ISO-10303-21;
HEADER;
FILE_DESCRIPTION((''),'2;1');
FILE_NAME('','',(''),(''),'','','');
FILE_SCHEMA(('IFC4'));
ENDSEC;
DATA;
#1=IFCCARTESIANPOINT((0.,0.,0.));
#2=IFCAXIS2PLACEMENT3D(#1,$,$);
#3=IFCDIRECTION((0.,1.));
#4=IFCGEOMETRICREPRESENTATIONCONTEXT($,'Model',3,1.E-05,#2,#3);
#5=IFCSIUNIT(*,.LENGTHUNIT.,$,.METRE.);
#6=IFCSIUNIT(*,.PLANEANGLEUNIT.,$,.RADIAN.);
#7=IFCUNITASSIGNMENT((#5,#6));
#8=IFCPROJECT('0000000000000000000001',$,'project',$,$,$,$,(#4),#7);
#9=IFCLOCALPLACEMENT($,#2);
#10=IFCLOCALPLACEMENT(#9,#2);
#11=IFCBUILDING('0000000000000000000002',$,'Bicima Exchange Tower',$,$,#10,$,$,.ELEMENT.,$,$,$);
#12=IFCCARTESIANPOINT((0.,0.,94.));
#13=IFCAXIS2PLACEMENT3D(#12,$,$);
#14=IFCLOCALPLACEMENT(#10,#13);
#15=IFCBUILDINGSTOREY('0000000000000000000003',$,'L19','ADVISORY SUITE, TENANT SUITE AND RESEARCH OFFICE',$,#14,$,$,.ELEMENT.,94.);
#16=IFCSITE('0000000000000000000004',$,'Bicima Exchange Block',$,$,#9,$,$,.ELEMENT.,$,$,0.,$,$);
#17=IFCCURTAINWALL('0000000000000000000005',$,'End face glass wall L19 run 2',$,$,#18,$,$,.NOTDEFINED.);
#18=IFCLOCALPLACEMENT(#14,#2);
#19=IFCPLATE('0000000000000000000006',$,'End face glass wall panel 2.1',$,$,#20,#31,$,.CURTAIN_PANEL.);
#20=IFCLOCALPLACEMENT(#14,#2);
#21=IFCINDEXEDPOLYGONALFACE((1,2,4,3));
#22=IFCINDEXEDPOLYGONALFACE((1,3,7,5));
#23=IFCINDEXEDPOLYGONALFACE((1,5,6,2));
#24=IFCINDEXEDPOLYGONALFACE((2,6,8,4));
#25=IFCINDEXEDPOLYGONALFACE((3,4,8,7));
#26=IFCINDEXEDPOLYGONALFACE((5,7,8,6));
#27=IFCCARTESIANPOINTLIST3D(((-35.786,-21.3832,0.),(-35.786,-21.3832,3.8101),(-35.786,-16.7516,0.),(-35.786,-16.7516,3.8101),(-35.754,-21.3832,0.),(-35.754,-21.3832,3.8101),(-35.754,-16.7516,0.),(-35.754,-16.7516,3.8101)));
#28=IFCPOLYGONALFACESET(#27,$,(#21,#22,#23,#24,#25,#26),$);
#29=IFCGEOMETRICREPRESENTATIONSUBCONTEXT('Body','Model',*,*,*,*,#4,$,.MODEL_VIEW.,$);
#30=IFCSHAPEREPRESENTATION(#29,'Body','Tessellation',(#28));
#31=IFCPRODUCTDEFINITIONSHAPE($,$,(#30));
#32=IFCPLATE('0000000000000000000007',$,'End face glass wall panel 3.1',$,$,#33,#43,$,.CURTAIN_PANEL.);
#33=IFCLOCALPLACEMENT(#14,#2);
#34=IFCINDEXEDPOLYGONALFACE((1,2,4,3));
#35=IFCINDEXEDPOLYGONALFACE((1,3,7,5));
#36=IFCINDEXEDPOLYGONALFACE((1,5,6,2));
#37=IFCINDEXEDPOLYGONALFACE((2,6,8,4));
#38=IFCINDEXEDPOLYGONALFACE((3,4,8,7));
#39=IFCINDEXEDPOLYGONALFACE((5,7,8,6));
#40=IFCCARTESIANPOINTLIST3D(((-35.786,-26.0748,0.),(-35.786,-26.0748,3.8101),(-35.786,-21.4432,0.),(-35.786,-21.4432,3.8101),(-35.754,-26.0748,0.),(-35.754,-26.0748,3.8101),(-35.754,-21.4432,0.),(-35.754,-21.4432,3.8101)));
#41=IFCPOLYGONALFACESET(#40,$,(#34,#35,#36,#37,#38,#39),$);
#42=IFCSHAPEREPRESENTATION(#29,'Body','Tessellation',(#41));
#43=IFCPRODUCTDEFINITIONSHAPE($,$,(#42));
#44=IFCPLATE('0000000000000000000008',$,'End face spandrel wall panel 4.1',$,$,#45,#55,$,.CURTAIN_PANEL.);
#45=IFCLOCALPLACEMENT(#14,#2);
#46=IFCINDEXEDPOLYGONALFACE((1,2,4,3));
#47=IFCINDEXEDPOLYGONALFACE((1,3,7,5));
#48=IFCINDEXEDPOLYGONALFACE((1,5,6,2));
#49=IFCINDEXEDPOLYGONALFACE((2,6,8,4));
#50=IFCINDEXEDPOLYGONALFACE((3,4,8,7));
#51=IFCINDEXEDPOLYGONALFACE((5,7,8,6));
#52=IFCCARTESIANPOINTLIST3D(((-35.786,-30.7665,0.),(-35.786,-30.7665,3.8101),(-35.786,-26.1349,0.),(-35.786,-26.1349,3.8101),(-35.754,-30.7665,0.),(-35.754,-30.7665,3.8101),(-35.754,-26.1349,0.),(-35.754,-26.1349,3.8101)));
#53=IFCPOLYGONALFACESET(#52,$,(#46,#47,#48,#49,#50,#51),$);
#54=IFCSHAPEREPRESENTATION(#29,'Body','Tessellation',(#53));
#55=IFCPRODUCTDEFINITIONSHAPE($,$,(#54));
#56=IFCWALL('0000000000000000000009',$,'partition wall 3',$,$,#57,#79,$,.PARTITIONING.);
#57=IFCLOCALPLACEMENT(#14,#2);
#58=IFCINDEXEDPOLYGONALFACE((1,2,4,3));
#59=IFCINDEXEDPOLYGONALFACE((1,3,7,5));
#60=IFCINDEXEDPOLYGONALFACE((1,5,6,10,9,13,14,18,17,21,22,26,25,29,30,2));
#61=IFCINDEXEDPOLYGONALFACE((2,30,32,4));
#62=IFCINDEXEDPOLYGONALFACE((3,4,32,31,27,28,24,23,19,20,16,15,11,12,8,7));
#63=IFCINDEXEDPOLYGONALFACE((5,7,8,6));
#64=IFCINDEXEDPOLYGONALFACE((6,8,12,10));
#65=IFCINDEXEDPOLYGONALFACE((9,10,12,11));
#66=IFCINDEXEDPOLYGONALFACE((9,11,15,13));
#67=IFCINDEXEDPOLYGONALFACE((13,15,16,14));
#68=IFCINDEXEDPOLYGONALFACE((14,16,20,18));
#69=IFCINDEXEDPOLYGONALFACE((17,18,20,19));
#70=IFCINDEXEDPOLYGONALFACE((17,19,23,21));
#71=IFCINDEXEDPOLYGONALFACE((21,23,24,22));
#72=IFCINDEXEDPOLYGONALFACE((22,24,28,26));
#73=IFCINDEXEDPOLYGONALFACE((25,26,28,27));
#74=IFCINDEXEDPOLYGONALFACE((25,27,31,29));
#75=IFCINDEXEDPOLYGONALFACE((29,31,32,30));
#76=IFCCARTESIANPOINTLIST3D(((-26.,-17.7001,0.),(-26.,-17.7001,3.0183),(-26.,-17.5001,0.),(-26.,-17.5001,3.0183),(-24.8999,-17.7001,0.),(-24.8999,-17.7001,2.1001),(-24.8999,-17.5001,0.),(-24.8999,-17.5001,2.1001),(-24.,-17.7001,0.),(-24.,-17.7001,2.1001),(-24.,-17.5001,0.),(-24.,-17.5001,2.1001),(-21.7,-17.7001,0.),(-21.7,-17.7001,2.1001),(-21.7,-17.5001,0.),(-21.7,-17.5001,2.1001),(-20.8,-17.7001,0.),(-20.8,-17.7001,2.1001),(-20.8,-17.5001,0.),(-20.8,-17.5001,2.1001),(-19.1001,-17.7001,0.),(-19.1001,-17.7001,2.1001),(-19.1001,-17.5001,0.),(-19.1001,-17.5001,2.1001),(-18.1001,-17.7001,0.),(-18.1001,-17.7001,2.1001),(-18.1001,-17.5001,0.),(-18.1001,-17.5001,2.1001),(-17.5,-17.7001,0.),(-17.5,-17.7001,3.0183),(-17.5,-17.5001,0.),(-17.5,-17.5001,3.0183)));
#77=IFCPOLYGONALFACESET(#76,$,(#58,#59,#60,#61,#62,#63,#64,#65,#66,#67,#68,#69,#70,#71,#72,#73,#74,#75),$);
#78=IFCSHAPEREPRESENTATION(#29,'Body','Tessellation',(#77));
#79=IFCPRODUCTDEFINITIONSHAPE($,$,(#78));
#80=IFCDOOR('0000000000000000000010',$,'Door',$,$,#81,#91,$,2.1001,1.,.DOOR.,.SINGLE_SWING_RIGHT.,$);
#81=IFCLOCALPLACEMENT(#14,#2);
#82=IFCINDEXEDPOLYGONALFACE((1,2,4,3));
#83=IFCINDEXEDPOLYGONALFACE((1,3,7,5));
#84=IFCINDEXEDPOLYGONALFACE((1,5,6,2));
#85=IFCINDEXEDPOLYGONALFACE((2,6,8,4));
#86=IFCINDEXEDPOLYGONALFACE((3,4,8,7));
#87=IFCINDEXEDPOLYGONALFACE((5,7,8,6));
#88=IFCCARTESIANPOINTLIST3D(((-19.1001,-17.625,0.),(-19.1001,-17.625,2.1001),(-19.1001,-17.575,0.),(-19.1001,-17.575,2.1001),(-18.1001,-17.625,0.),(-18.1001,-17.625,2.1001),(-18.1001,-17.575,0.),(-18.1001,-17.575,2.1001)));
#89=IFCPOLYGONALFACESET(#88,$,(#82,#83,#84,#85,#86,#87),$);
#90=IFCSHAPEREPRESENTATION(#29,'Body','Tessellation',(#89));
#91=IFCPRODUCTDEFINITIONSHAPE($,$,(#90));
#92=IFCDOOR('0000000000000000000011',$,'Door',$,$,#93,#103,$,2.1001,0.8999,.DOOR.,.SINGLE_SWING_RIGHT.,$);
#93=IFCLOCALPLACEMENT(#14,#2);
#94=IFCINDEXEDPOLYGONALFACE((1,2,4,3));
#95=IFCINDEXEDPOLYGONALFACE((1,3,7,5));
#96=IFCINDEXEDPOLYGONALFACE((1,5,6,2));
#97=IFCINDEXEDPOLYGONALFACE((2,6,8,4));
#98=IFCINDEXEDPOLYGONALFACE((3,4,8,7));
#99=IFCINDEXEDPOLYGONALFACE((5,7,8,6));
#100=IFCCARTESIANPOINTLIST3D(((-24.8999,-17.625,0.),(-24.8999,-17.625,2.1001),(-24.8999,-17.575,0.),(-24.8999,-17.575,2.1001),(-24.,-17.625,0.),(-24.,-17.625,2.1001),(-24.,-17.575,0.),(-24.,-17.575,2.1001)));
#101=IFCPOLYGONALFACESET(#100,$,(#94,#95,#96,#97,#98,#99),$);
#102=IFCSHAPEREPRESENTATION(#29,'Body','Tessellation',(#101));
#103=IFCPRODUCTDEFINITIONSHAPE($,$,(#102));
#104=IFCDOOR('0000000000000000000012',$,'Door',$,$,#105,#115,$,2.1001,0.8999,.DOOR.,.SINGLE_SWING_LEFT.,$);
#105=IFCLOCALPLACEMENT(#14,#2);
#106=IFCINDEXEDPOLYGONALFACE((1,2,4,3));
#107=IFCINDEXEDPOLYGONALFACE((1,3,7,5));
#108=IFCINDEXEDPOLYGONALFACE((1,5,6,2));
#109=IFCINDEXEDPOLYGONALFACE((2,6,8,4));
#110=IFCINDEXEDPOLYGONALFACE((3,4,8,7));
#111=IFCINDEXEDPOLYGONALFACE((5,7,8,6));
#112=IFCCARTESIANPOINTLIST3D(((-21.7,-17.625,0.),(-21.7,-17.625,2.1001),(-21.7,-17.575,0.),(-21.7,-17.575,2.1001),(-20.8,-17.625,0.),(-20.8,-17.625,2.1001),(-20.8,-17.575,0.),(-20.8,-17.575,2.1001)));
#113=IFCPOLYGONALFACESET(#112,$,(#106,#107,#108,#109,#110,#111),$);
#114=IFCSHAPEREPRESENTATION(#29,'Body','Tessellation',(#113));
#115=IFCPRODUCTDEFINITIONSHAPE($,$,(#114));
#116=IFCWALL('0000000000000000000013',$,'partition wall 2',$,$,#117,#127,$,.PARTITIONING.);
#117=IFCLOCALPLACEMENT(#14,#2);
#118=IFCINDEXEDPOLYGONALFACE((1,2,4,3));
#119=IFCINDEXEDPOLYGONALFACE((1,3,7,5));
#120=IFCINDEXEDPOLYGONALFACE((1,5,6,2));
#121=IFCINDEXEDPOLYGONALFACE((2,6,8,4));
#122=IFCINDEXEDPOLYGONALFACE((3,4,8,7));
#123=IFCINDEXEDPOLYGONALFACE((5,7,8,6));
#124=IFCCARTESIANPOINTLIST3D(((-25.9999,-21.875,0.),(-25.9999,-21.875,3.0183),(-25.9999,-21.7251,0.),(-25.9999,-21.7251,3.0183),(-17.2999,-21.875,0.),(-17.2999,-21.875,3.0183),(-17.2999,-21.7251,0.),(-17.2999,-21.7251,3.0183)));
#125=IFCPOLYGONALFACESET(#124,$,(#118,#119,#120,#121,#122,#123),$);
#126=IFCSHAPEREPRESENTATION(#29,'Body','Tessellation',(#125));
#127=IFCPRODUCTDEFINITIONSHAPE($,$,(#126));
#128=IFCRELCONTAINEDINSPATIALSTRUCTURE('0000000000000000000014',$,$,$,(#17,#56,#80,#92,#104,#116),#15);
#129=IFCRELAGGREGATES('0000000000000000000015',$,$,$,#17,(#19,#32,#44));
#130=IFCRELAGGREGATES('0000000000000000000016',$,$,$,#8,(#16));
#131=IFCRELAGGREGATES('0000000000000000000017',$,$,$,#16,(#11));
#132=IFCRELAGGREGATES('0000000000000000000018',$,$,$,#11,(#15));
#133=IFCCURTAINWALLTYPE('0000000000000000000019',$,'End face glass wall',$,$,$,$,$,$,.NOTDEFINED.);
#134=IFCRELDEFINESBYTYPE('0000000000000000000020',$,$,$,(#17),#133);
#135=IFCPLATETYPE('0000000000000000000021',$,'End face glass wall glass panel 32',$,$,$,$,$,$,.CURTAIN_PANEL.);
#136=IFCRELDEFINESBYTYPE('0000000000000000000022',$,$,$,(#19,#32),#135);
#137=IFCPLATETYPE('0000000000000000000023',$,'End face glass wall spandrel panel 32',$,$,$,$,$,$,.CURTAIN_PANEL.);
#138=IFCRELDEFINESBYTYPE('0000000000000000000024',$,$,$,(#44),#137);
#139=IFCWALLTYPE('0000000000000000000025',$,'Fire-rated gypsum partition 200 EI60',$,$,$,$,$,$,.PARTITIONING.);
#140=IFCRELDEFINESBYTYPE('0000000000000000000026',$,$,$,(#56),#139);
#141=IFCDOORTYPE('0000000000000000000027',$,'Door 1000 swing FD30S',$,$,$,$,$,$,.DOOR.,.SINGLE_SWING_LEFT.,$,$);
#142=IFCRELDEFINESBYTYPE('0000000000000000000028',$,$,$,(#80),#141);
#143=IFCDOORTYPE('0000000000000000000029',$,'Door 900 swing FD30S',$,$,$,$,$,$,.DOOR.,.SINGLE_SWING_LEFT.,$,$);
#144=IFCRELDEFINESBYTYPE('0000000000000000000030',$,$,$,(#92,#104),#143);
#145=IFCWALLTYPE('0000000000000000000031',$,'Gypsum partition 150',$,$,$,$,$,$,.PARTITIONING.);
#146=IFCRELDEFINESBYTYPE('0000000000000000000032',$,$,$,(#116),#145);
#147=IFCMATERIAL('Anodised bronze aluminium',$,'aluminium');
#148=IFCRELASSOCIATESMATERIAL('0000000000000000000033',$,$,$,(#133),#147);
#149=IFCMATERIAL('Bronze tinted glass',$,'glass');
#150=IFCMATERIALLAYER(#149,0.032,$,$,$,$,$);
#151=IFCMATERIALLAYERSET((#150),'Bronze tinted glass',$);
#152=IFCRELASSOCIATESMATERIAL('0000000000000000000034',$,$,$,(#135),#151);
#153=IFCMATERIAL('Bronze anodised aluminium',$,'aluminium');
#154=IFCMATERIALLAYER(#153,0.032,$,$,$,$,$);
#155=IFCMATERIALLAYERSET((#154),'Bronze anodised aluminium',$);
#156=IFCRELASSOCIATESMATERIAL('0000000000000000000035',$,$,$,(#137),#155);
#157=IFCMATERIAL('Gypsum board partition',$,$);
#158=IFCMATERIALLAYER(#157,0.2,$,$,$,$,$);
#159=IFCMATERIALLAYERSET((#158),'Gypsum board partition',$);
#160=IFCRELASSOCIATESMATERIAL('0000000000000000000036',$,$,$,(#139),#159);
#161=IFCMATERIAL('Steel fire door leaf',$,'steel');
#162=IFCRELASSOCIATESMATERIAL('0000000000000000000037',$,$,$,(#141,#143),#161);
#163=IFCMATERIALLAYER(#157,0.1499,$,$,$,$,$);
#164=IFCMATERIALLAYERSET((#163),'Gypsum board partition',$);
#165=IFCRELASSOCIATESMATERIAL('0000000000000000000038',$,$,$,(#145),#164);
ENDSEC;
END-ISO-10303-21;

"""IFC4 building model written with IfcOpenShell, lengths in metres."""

from ifc_helpers import new_model, si_unit, direction, frame, frame_2d, origin, origin_2d, place, context, subcontext, project, spatial, rectangle, extrude, material, layer, layer_set, type_object, element, fill, aggregate, save


model = new_model("IFC4")

# Units and contexts
model_context = context("Model", 3, precision=1e-05, world=origin(), true_north=direction((0.0, 1.0)))
body_context = subcontext(model_context, "Body", "Model", "MODEL_VIEW")
ifc_project = project(units=[si_unit("LENGTHUNIT", "METRE"), si_unit("PLANEANGLEUNIT", "RADIAN")], contexts=[model_context])

# Site, building, storey
site_placement = place(None, origin())
site = spatial("IfcSite", under=ifc_project, at=site_placement, Name="Bicima Exchange Block", CompositionType="ELEMENT", RefElevation=0.0)
building_placement = place(site_placement, origin())
building = spatial("IfcBuilding", under=site, at=building_placement, Name="Bicima Exchange Tower", CompositionType="ELEMENT")
storey_placement = place(building_placement, frame((0.0, 0.0, 94.0)))
storey = spatial("IfcBuildingStorey", under=building, at=storey_placement, Name="L19", Description="ADVISORY SUITE, TENANT SUITE AND RESEARCH OFFICE", CompositionType="ELEMENT", Elevation=94.0)

# Curtain wall
ifc_material_1 = material(Name="Anodised bronze aluminium", Category="aluminium")
curtain_wall_type = type_object("IfcCurtainWallType", Name="End face glass wall", PredefinedType="NOTDEFINED", material=ifc_material_1)
curtain_wall_placement = place(storey_placement, origin())
curtain_wall = element("IfcCurtainWall", 1, at=curtain_wall_placement, inside=storey, type_object=curtain_wall_type, Name="End face glass wall L19 run 2", PredefinedType="NOTDEFINED")

# Plates
ifc_material_2 = material(Name="Bronze tinted glass", Category="glass")
ifc_layer_1 = layer(ifc_material_2, 0.032)
ifc_layer_set_1 = layer_set([ifc_layer_1], Name="Bronze tinted glass")
plate_type_1 = type_object("IfcPlateType", Name="End face glass wall glass panel 32", PredefinedType="CURTAIN_PANEL", material=ifc_layer_set_1)
plate_1_placement = place(storey_placement, frame((-35.77, -19.0674, 0.0), z_axis=(0.0, 0.0, 1.0), x_axis=(0.0, -1.0, 0.0)))
plate_1 = element("IfcPlate", 2, at=plate_1_placement, type_object=plate_type_1, Name="End face glass wall panel 2.1", PredefinedType="CURTAIN_PANEL", context=body_context, shape_type="SweptSolid", body=[
    extrude(rectangle(XDim=4.6316, YDim=0.032, at=origin_2d()), origin(), (0.0, 0.0, 1.0), 3.8101),
])
plate_2_placement = place(storey_placement, frame((-35.77, -23.759, 0.0), z_axis=(0.0, 0.0, 1.0), x_axis=(0.0, -1.0, 0.0)))
plate_2 = element("IfcPlate", 3, at=plate_2_placement, type_object=plate_type_1, Name="End face glass wall panel 3.1", PredefinedType="CURTAIN_PANEL", context=body_context, shape_type="SweptSolid", body=[
    extrude(rectangle(XDim=4.6316, YDim=0.032, at=origin_2d()), origin(), (0.0, 0.0, 1.0), 3.8101),
])
ifc_material_3 = material(Name="Bronze anodised aluminium", Category="aluminium")
ifc_layer_2 = layer(ifc_material_3, 0.032)
ifc_layer_set_2 = layer_set([ifc_layer_2], Name="Bronze anodised aluminium")
plate_type_2 = type_object("IfcPlateType", Name="End face glass wall spandrel panel 32", PredefinedType="CURTAIN_PANEL", material=ifc_layer_set_2)
plate_3_placement = place(storey_placement, frame((-35.77, -28.4507, 0.0), z_axis=(0.0, 0.0, 1.0), x_axis=(0.0, -1.0, 0.0)))
plate_3 = element("IfcPlate", 4, at=plate_3_placement, type_object=plate_type_2, Name="End face spandrel wall panel 4.1", PredefinedType="CURTAIN_PANEL", context=body_context, shape_type="SweptSolid", body=[
    extrude(rectangle(XDim=4.6316, YDim=0.032, at=origin_2d()), origin(), (0.0, 0.0, 1.0), 3.8101),
])
aggregate(curtain_wall, [plate_1, plate_2, plate_3])

# Wall, openings, doors
ifc_material_4 = material(Name="Gypsum board partition")
ifc_layer_3 = layer(ifc_material_4, 0.2)
ifc_layer_set_3 = layer_set([ifc_layer_3], Name="Gypsum board partition")
wall_type_1 = type_object("IfcWallType", Name="Fire-rated gypsum partition 200 EI60", PredefinedType="PARTITIONING", material=ifc_layer_set_3)
wall_1_placement = place(storey_placement, frame((-26.0, -17.6001, 0.0), z_axis=(0.0, 0.0, 1.0), x_axis=(1.0, 0.0, 0.0)))
wall_1 = element("IfcWall", 5, at=wall_1_placement, inside=storey, type_object=wall_type_1, Name="partition wall 3", PredefinedType="PARTITIONING", context=body_context, shape_type="SweptSolid", body=[
    extrude(rectangle(XDim=8.5, YDim=0.2, at=frame_2d((4.25, 0.0))), origin(), (0.0, 0.0, 1.0), 3.0183),
])
opening_1_placement = place(wall_1_placement, frame((1.1001, 0.0, 0.0)))
opening_1 = element("IfcOpeningElement", 6, at=opening_1_placement, cuts=wall_1, PredefinedType="OPENING", context=body_context, shape_type="SweptSolid", body=[
    extrude(rectangle(XDim=0.8999, YDim=2.1001, at=frame_2d((0.45, 1.05))), frame((0.0, 0.1118, 0.0), z_axis=(0.0, -1.0, 0.0), x_axis=(1.0, 0.0, 0.0)), (0.0, 0.0, 1.0), 0.2239),
])
opening_2_placement = place(wall_1_placement, frame((4.3, 0.0, 0.0)))
opening_2 = element("IfcOpeningElement", 7, at=opening_2_placement, cuts=wall_1, PredefinedType="OPENING", context=body_context, shape_type="SweptSolid", body=[
    extrude(rectangle(XDim=0.8999, YDim=2.1001, at=frame_2d((0.45, 1.05))), frame((0.0, 0.1118, 0.0), z_axis=(0.0, -1.0, 0.0), x_axis=(1.0, 0.0, 0.0)), (0.0, 0.0, 1.0), 0.2239),
])
opening_3_placement = place(wall_1_placement, frame((6.8999, 0.0, 0.0)))
opening_3 = element("IfcOpeningElement", 8, at=opening_3_placement, cuts=wall_1, PredefinedType="OPENING", context=body_context, shape_type="SweptSolid", body=[
    extrude(rectangle(XDim=1.0, YDim=2.1001, at=frame_2d((0.5, 1.05))), frame((0.0, 0.1118, 0.0), z_axis=(0.0, -1.0, 0.0), x_axis=(1.0, 0.0, 0.0)), (0.0, 0.0, 1.0), 0.2239),
])
ifc_material_5 = material(Name="Steel fire door leaf", Category="steel")
door_type_1 = type_object("IfcDoorType", Name="Door 1000 swing FD30S", OperationType="SINGLE_SWING_LEFT", PredefinedType="DOOR", material=ifc_material_5)
door_1_placement = place(opening_3_placement, frame((1.0, 0.0, 0.0), z_axis=(0.0, 0.0, 1.0), x_axis=(-1.0, 0.0, 0.0)))
door_1 = element("IfcDoor", 9, at=door_1_placement, inside=storey, type_object=door_type_1, Name="Door", OperationType="SINGLE_SWING_RIGHT", OverallHeight=2.1001, OverallWidth=1.0, PredefinedType="DOOR", context=body_context, shape_type="SweptSolid", body=[
    extrude(rectangle(XDim=1.0, YDim=2.1001, at=frame_2d((0.5, 1.05))), frame((0.0, 0.0249, 0.0), z_axis=(0.0, -1.0, 0.0), x_axis=(1.0, 0.0, 0.0)), (0.0, 0.0, 1.0), 0.05),
])
fill(opening_3, door_1)
door_type_2 = type_object("IfcDoorType", Name="Door 900 swing FD30S", OperationType="SINGLE_SWING_LEFT", PredefinedType="DOOR", material=ifc_material_5)
door_2_placement = place(opening_1_placement, frame((0.8999, 0.0, 0.0), z_axis=(0.0, 0.0, 1.0), x_axis=(-1.0, 0.0, 0.0)))
door_2 = element("IfcDoor", 10, at=door_2_placement, inside=storey, type_object=door_type_2, Name="Door", OperationType="SINGLE_SWING_RIGHT", OverallHeight=2.1001, OverallWidth=0.8999, PredefinedType="DOOR", context=body_context, shape_type="SweptSolid", body=[
    extrude(rectangle(XDim=0.8999, YDim=2.1001, at=frame_2d((0.45, 1.05))), frame((0.0, 0.0249, 0.0), z_axis=(0.0, -1.0, 0.0), x_axis=(1.0, 0.0, 0.0)), (0.0, 0.0, 1.0), 0.05),
])
fill(opening_1, door_2)
door_3_placement = place(opening_2_placement, frame((0.8999, 0.0, 0.0), z_axis=(0.0, 0.0, 1.0), x_axis=(-1.0, 0.0, 0.0)))
door_3 = element("IfcDoor", 11, at=door_3_placement, inside=storey, type_object=door_type_2, Name="Door", OperationType="SINGLE_SWING_LEFT", OverallHeight=2.1001, OverallWidth=0.8999, PredefinedType="DOOR", context=body_context, shape_type="SweptSolid", body=[
    extrude(rectangle(XDim=0.8999, YDim=2.1001, at=frame_2d((0.45, 1.05))), frame((0.0, 0.0249, 0.0), z_axis=(0.0, -1.0, 0.0), x_axis=(1.0, 0.0, 0.0)), (0.0, 0.0, 1.0), 0.05),
])
fill(opening_2, door_3)

# Wall
ifc_layer_4 = layer(ifc_material_4, 0.1499)
ifc_layer_set_4 = layer_set([ifc_layer_4], Name="Gypsum board partition")
wall_type_2 = type_object("IfcWallType", Name="Gypsum partition 150", PredefinedType="PARTITIONING", material=ifc_layer_set_4)
wall_2_placement = place(storey_placement, frame((-26.0, -21.8, 0.0), z_axis=(0.0, 0.0, 1.0), x_axis=(1.0, 0.0, 0.0)))
element("IfcWall", 12, at=wall_2_placement, inside=storey, type_object=wall_type_2, Name="partition wall 2", PredefinedType="PARTITIONING", context=body_context, shape_type="SweptSolid", body=[
    extrude(rectangle(XDim=8.7, YDim=0.1499, at=frame_2d((4.3501, 0.0))), origin(), (0.0, 0.0, 1.0), 3.0183),
])

save(model, "model.ifc")
